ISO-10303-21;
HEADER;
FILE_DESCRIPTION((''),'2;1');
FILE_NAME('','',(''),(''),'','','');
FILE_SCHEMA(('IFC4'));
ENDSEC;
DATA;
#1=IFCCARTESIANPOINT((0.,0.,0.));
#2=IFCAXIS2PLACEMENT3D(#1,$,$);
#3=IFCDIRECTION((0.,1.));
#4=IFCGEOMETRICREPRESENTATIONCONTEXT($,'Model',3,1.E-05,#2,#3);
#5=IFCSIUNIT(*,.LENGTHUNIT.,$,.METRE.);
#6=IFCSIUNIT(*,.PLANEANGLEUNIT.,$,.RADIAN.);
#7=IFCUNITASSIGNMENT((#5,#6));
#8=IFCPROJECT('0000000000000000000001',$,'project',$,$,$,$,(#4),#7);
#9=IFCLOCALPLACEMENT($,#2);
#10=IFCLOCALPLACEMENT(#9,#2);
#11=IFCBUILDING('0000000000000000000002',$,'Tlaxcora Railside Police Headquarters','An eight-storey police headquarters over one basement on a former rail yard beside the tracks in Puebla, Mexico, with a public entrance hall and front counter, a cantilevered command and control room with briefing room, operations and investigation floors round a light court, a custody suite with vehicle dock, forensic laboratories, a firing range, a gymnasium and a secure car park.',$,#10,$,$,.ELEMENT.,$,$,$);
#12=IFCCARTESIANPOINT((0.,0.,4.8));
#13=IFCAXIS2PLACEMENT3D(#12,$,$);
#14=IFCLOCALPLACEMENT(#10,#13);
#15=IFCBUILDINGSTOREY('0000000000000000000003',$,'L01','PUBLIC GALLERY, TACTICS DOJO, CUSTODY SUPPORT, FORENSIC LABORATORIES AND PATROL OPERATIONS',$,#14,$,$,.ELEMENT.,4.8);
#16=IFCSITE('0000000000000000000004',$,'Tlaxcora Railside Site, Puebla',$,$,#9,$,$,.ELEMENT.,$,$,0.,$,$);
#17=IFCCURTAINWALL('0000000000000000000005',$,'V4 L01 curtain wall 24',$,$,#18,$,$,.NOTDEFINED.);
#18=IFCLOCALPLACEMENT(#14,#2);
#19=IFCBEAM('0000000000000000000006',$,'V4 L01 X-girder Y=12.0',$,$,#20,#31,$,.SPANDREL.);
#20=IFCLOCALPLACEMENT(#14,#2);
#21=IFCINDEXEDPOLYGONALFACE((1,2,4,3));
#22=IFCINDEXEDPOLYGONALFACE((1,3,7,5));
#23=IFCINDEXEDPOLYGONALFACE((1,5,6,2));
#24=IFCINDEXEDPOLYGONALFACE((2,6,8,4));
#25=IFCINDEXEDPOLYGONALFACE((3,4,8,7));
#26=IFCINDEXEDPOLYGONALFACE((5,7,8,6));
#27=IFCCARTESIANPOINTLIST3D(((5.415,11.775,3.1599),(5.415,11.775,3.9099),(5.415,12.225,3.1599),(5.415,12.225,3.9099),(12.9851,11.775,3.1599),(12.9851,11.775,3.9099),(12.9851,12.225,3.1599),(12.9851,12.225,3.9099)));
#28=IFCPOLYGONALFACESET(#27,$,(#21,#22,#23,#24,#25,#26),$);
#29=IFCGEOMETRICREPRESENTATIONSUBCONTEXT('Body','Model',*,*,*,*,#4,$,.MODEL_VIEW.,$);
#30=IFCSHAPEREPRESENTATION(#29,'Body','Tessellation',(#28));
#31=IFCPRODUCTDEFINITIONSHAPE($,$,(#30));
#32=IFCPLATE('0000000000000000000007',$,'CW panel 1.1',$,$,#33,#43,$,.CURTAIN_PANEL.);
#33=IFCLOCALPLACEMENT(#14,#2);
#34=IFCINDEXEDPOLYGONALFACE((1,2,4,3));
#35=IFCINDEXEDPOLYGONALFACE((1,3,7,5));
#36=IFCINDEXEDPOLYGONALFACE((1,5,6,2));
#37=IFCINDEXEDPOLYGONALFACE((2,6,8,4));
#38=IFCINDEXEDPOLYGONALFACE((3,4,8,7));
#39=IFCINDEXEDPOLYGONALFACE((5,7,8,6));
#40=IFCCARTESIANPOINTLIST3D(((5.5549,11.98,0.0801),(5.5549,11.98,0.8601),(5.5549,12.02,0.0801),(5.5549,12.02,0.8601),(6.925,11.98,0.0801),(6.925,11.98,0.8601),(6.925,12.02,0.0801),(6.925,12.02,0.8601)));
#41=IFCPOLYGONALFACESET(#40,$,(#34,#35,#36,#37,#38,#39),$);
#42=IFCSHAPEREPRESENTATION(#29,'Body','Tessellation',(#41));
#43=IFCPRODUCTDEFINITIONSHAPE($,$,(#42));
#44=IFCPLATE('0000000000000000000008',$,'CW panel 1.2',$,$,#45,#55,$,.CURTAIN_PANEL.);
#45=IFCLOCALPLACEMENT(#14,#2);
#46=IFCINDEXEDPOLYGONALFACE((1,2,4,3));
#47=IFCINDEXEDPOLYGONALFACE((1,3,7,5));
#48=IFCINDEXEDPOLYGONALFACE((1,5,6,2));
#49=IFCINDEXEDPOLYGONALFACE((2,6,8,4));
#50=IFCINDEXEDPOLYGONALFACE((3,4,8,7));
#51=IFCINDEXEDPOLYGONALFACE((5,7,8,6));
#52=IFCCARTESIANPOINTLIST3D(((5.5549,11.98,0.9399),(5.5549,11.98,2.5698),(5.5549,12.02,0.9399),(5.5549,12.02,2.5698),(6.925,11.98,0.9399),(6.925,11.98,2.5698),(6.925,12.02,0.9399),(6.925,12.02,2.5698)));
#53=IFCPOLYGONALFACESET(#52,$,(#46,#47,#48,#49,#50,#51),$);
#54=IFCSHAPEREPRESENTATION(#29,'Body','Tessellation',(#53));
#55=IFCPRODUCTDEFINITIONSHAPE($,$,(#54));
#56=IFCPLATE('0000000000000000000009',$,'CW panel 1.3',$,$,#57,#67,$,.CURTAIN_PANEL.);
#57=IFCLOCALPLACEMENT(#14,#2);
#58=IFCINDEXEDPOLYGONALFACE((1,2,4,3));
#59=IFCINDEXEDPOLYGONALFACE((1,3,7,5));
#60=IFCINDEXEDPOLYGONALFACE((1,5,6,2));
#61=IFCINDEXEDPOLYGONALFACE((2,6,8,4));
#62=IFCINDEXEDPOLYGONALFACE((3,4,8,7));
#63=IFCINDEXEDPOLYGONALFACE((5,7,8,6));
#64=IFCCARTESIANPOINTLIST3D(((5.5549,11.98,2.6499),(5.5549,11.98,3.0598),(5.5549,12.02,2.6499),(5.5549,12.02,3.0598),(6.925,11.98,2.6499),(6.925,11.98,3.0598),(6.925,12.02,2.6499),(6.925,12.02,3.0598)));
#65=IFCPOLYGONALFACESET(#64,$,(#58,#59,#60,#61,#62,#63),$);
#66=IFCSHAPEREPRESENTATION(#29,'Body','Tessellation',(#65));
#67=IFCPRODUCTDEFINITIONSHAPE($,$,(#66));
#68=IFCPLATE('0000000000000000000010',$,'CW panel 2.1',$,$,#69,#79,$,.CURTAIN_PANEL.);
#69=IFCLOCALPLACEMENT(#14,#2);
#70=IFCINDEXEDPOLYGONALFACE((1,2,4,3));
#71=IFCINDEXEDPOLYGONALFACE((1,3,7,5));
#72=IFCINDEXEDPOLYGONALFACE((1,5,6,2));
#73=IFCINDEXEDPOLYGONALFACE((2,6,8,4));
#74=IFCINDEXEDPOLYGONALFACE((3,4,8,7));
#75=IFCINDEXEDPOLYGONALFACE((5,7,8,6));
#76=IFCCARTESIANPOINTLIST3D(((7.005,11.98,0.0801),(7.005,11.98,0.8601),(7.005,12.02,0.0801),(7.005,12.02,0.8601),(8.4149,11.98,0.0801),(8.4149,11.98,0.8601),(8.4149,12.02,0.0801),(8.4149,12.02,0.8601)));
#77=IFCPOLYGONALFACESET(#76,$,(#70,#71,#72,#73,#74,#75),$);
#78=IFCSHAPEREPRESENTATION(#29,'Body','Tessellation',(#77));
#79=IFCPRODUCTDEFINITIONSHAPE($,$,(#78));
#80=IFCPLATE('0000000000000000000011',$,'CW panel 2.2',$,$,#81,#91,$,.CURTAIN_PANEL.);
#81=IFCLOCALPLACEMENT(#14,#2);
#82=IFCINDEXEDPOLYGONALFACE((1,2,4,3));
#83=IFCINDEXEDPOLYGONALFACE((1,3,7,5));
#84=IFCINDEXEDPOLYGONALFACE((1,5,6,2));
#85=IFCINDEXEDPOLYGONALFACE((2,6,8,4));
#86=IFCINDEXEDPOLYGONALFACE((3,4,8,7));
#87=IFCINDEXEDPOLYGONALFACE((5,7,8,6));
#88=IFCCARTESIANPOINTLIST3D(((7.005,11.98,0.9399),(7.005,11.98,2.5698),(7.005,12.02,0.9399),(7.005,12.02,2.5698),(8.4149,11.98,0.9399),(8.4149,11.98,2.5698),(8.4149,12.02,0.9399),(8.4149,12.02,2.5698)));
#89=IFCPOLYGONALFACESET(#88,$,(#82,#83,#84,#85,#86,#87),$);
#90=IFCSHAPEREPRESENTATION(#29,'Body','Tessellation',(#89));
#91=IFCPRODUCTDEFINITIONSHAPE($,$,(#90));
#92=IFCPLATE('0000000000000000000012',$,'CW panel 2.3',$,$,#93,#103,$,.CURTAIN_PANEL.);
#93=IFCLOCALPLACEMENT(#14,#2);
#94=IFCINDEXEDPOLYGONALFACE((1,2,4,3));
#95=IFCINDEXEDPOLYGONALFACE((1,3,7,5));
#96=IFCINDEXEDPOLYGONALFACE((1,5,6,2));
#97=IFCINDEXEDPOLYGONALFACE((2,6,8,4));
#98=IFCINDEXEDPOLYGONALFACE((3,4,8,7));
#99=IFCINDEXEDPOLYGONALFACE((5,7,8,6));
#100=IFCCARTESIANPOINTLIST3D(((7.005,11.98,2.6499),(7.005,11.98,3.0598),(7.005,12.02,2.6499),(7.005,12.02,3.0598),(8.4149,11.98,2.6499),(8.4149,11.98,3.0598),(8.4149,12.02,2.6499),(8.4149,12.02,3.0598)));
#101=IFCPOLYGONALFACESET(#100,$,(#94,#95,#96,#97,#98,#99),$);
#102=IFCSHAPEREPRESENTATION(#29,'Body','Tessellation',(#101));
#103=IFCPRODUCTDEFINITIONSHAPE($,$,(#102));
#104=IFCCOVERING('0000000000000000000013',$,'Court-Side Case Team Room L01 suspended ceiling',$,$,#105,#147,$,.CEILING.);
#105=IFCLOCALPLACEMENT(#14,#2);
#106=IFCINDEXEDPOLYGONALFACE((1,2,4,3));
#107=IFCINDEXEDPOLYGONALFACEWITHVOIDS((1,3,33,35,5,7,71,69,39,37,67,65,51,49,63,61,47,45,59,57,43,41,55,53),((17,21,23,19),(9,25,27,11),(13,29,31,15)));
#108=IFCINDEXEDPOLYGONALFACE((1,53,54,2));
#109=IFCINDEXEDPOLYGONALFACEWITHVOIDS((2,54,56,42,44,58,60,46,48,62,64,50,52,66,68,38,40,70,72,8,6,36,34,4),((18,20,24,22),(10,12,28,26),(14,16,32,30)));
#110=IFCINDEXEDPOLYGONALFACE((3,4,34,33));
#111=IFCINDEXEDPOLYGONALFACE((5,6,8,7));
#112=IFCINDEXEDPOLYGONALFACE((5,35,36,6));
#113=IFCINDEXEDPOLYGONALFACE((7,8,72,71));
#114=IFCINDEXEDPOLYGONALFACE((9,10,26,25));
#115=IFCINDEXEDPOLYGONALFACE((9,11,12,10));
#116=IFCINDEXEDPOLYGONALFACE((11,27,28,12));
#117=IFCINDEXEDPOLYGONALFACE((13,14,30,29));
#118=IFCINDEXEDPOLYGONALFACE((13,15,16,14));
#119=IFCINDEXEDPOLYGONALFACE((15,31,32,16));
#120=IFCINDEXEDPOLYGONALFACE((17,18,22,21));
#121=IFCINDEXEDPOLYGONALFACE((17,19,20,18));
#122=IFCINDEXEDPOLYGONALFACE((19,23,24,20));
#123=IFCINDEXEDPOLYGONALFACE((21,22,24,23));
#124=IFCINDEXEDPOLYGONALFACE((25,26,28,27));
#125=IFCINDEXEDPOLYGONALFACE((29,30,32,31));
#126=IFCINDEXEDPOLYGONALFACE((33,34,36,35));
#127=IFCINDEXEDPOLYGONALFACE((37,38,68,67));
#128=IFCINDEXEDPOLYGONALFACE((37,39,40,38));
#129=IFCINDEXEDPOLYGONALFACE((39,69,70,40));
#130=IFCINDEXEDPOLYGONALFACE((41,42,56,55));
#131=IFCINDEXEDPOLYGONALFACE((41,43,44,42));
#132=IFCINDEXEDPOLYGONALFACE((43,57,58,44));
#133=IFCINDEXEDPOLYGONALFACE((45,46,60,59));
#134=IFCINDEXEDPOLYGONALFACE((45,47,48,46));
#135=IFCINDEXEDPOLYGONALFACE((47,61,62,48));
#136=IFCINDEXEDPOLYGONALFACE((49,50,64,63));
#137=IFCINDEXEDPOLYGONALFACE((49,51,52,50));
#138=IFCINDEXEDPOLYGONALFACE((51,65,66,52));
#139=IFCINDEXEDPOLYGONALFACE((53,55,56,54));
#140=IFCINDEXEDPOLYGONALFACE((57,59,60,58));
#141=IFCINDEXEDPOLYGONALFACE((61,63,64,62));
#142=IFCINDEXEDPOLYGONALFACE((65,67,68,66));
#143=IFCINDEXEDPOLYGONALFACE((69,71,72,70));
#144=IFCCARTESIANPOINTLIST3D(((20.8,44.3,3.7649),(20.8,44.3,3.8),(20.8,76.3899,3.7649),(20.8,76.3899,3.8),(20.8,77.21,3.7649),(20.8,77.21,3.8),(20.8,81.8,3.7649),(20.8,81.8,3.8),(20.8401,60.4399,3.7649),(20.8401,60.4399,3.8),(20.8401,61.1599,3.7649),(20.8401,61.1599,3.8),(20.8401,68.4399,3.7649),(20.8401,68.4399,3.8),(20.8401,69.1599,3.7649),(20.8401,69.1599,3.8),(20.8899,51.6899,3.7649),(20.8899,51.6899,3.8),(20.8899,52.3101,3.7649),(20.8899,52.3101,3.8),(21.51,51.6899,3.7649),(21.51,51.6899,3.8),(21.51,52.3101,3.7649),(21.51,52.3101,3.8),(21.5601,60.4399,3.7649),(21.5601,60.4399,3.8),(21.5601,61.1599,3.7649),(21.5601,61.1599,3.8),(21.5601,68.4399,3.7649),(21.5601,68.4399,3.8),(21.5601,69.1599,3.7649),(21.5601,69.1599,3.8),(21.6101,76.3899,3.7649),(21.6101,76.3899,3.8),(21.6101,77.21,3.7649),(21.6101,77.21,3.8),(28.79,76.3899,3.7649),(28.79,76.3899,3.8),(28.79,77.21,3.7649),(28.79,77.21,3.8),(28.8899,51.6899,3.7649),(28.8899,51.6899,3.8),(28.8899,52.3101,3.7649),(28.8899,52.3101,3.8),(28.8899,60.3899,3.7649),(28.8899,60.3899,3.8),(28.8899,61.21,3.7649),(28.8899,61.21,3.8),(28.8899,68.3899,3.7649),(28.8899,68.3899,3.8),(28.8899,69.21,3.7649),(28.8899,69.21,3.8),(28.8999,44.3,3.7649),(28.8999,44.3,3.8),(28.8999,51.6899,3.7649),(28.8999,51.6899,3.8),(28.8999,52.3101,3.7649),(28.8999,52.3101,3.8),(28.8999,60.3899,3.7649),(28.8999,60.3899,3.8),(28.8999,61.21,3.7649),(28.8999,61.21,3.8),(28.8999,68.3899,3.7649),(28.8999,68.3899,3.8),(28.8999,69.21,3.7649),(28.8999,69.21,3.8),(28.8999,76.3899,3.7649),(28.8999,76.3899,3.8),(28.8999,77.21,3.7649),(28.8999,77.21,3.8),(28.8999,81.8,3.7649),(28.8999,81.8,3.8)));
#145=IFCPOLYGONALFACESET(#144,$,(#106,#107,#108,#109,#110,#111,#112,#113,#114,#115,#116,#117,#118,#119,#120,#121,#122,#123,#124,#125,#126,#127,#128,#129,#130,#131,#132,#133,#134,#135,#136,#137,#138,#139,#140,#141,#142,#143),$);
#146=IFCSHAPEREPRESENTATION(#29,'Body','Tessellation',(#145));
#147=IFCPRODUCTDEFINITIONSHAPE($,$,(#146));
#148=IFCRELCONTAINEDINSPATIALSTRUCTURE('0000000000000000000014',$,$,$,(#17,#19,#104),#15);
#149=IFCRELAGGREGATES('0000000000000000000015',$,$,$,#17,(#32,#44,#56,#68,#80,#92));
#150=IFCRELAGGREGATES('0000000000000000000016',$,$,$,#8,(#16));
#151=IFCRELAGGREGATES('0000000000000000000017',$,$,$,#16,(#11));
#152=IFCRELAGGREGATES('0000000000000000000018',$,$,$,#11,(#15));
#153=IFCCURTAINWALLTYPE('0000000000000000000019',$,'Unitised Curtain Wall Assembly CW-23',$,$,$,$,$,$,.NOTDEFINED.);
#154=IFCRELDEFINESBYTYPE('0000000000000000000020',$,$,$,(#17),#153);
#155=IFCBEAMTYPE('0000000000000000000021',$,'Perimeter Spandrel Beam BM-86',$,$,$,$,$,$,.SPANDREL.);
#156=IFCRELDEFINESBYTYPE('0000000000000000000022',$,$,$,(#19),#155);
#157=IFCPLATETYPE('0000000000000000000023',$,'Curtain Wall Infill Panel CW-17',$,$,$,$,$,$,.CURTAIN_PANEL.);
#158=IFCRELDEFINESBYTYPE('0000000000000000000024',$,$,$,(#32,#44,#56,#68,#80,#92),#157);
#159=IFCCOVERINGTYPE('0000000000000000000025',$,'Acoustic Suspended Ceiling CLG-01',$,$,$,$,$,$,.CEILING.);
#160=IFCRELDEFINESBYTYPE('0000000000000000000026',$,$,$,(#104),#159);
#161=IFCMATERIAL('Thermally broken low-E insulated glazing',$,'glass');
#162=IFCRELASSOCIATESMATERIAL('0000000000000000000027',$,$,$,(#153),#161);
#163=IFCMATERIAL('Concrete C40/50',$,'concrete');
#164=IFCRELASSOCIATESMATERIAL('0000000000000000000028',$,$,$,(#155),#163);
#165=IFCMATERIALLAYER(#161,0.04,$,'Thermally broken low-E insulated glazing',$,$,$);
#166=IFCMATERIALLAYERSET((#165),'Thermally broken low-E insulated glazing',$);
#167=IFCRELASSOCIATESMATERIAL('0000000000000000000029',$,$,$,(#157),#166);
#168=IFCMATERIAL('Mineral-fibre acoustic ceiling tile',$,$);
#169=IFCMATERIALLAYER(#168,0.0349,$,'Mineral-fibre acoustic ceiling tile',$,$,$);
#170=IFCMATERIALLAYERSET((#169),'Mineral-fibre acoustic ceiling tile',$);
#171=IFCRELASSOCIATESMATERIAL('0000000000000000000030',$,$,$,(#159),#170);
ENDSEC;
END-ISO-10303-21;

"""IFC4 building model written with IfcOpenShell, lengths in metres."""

from ifc_helpers import new_model, si_unit, direction, frame, origin, origin_2d, place, context, subcontext, project, spatial, polyline, rectangle, outline, extrude, material, layer, layer_set, material_profile, profile_set, type_object, element, aggregate, save


model = new_model("IFC4")

# Units and contexts
model_context = context("Model", 3, precision=1e-05, world=origin(), true_north=direction((0.0, 1.0)))
body_context = subcontext(model_context, "Body", "Model", "MODEL_VIEW")
ifc_project = project(units=[si_unit("LENGTHUNIT", "METRE"), si_unit("PLANEANGLEUNIT", "RADIAN")], contexts=[model_context])

# Site, building, storey
site_placement = place(None, origin())
site = spatial("IfcSite", under=ifc_project, at=site_placement, Name="Tlaxcora Railside Site, Puebla", CompositionType="ELEMENT", RefElevation=0.0)
building_placement = place(site_placement, origin())
building = spatial("IfcBuilding", under=site, at=building_placement, Name="Tlaxcora Railside Police Headquarters", Description="An eight-storey police headquarters over one basement on a former rail yard beside the tracks in Puebla, Mexico, with a public entrance hall and front counter, a cantilevered command and control room with briefing room, operations and investigation floors round a light court, a custody suite with vehicle dock, forensic laboratories, a firing range, a gymnasium and a secure car park.", CompositionType="ELEMENT")
storey_placement = place(building_placement, frame((0.0, 0.0, 4.8)))
storey = spatial("IfcBuildingStorey", under=building, at=storey_placement, Name="L01", Description="PUBLIC GALLERY, TACTICS DOJO, CUSTODY SUPPORT, FORENSIC LABORATORIES AND PATROL OPERATIONS", CompositionType="ELEMENT", Elevation=4.8)

# Shared definitions
ifc_material_1 = material(Name="Concrete C40/50", Category="concrete")

# Curtain wall
ifc_material_2 = material(Name="Thermally broken low-E insulated glazing", Category="glass")
curtain_wall_type = type_object("IfcCurtainWallType", Name="Unitised Curtain Wall Assembly CW-23", PredefinedType="NOTDEFINED", material=ifc_material_2)
curtain_wall_placement = place(storey_placement, origin())
curtain_wall = element("IfcCurtainWall", 1, at=curtain_wall_placement, inside=storey, type_object=curtain_wall_type, Name="V4 L01 curtain wall 24", PredefinedType="NOTDEFINED")

# Beam
ifc_material_profile_1 = material_profile(ifc_material_1, rectangle(XDim=0.45, YDim=0.75, at=origin_2d()), Name="RC450X750")
ifc_profile_set_1 = profile_set([ifc_material_profile_1], Name="Concrete C40/50")
beam_type = type_object("IfcBeamType", Name="Perimeter Spandrel Beam BM-86", PredefinedType="SPANDREL", material=ifc_profile_set_1)
beam_placement = place(storey_placement, frame((5.415, 12.0, 3.5349), z_axis=(1.0, 0.0, 0.0), x_axis=(0.0, 1.0, 0.0)))
element("IfcBeam", 2, at=beam_placement, inside=storey, type_object=beam_type, Name="V4 L01 X-girder Y=12.0", PredefinedType="SPANDREL", context=body_context, shape_type="SweptSolid", body=[
    extrude(rectangle(XDim=0.45, YDim=0.75, at=origin_2d()), origin(), (0.0, 0.0, 1.0), 7.5701),
])

# Plates
ifc_layer_1 = layer(ifc_material_2, 0.04, Name="Thermally broken low-E insulated glazing")
ifc_layer_set_1 = layer_set([ifc_layer_1], Name="Thermally broken low-E insulated glazing")
plate_type = type_object("IfcPlateType", Name="Curtain Wall Infill Panel CW-17", PredefinedType="CURTAIN_PANEL", material=ifc_layer_set_1)
plate_1_placement = place(storey_placement, frame((6.24, 12.0, 0.0801), z_axis=(0.0, 0.0, 1.0), x_axis=(1.0, 0.0, 0.0)))
plate_1 = element("IfcPlate", 3, at=plate_1_placement, type_object=plate_type, Name="CW panel 1.1", PredefinedType="CURTAIN_PANEL", context=body_context, shape_type="SweptSolid", body=[
    extrude(rectangle(XDim=1.3701, YDim=0.04, at=origin_2d()), origin(), (0.0, 0.0, 1.0), 0.78),
])
plate_2_placement = place(storey_placement, frame((6.24, 12.0, 0.9399), z_axis=(0.0, 0.0, 1.0), x_axis=(1.0, 0.0, 0.0)))
plate_2 = element("IfcPlate", 4, at=plate_2_placement, type_object=plate_type, Name="CW panel 1.2", PredefinedType="CURTAIN_PANEL", context=body_context, shape_type="SweptSolid", body=[
    extrude(rectangle(XDim=1.3701, YDim=0.04, at=origin_2d()), origin(), (0.0, 0.0, 1.0), 1.6299),
])
plate_3_placement = place(storey_placement, frame((6.24, 12.0, 2.6499), z_axis=(0.0, 0.0, 1.0), x_axis=(1.0, 0.0, 0.0)))
plate_3 = element("IfcPlate", 5, at=plate_3_placement, type_object=plate_type, Name="CW panel 1.3", PredefinedType="CURTAIN_PANEL", context=body_context, shape_type="SweptSolid", body=[
    extrude(rectangle(XDim=1.3701, YDim=0.04, at=origin_2d()), origin(), (0.0, 0.0, 1.0), 0.4099),
])
plate_4_placement = place(storey_placement, frame((7.71, 12.0, 0.0801), z_axis=(0.0, 0.0, 1.0), x_axis=(1.0, 0.0, 0.0)))
plate_4 = element("IfcPlate", 6, at=plate_4_placement, type_object=plate_type, Name="CW panel 2.1", PredefinedType="CURTAIN_PANEL", context=body_context, shape_type="SweptSolid", body=[
    extrude(rectangle(XDim=1.4099, YDim=0.04, at=origin_2d()), origin(), (0.0, 0.0, 1.0), 0.78),
])
plate_5_placement = place(storey_placement, frame((7.71, 12.0, 0.9399), z_axis=(0.0, 0.0, 1.0), x_axis=(1.0, 0.0, 0.0)))
plate_5 = element("IfcPlate", 7, at=plate_5_placement, type_object=plate_type, Name="CW panel 2.2", PredefinedType="CURTAIN_PANEL", context=body_context, shape_type="SweptSolid", body=[
    extrude(rectangle(XDim=1.4099, YDim=0.04, at=origin_2d()), origin(), (0.0, 0.0, 1.0), 1.6299),
])
plate_6_placement = place(storey_placement, frame((7.71, 12.0, 2.6499), z_axis=(0.0, 0.0, 1.0), x_axis=(1.0, 0.0, 0.0)))
plate_6 = element("IfcPlate", 8, at=plate_6_placement, type_object=plate_type, Name="CW panel 2.3", PredefinedType="CURTAIN_PANEL", context=body_context, shape_type="SweptSolid", body=[
    extrude(rectangle(XDim=1.4099, YDim=0.04, at=origin_2d()), origin(), (0.0, 0.0, 1.0), 0.4099),
])
aggregate(curtain_wall, [plate_1, plate_2, plate_3, plate_4, plate_5, plate_6])

# Covering
ifc_material_3 = material(Name="Mineral-fibre acoustic ceiling tile")
ifc_layer_2 = layer(ifc_material_3, 0.0349, Name="Mineral-fibre acoustic ceiling tile")
ifc_layer_set_2 = layer_set([ifc_layer_2], Name="Mineral-fibre acoustic ceiling tile")
covering_type = type_object("IfcCoveringType", Name="Acoustic Suspended Ceiling CLG-01", PredefinedType="CEILING", material=ifc_layer_set_2)
covering_placement = place(storey_placement, frame((0.0, 0.0, 3.7649)))
element("IfcCovering", 9, at=covering_placement, inside=storey, type_object=covering_type, Name="Court-Side Case Team Room L01 suspended ceiling", PredefinedType="CEILING", context=body_context, shape_type="SweptSolid", body=[
    extrude(outline(polyline([(21.6101, 77.21), (21.6101, 76.3899), (20.8, 76.3899), (20.8, 44.3), (28.8999, 44.3), (28.8999, 51.6899), (28.8899, 51.6899), (28.8899, 52.3101), (28.8999, 52.3101), (28.8999, 60.3899), (28.8899, 60.3899), (28.8899, 61.21), (28.8999, 61.21), (28.8999, 68.3899), (28.8899, 68.3899), (28.8899, 69.21), (28.8999, 69.21), (28.8999, 76.3899), (28.79, 76.3899), (28.79, 77.21), (28.8999, 77.21), (28.8999, 81.8), (20.8, 81.8), (20.8, 77.21), (21.6101, 77.21)]), holes=[polyline([(20.8899, 51.6899), (20.8899, 52.3101), (21.51, 52.3101), (21.51, 51.6899), (20.8899, 51.6899)]), polyline([(20.8401, 61.1599), (21.5601, 61.1599), (21.5601, 60.4399), (20.8401, 60.4399), (20.8401, 61.1599)]), polyline([(21.5601, 69.1599), (21.5601, 68.4399), (20.8401, 68.4399), (20.8401, 69.1599), (21.5601, 69.1599)])]), origin(), (0.0, 0.0, 1.0), 0.0352),
])

save(model, "model.ifc")
